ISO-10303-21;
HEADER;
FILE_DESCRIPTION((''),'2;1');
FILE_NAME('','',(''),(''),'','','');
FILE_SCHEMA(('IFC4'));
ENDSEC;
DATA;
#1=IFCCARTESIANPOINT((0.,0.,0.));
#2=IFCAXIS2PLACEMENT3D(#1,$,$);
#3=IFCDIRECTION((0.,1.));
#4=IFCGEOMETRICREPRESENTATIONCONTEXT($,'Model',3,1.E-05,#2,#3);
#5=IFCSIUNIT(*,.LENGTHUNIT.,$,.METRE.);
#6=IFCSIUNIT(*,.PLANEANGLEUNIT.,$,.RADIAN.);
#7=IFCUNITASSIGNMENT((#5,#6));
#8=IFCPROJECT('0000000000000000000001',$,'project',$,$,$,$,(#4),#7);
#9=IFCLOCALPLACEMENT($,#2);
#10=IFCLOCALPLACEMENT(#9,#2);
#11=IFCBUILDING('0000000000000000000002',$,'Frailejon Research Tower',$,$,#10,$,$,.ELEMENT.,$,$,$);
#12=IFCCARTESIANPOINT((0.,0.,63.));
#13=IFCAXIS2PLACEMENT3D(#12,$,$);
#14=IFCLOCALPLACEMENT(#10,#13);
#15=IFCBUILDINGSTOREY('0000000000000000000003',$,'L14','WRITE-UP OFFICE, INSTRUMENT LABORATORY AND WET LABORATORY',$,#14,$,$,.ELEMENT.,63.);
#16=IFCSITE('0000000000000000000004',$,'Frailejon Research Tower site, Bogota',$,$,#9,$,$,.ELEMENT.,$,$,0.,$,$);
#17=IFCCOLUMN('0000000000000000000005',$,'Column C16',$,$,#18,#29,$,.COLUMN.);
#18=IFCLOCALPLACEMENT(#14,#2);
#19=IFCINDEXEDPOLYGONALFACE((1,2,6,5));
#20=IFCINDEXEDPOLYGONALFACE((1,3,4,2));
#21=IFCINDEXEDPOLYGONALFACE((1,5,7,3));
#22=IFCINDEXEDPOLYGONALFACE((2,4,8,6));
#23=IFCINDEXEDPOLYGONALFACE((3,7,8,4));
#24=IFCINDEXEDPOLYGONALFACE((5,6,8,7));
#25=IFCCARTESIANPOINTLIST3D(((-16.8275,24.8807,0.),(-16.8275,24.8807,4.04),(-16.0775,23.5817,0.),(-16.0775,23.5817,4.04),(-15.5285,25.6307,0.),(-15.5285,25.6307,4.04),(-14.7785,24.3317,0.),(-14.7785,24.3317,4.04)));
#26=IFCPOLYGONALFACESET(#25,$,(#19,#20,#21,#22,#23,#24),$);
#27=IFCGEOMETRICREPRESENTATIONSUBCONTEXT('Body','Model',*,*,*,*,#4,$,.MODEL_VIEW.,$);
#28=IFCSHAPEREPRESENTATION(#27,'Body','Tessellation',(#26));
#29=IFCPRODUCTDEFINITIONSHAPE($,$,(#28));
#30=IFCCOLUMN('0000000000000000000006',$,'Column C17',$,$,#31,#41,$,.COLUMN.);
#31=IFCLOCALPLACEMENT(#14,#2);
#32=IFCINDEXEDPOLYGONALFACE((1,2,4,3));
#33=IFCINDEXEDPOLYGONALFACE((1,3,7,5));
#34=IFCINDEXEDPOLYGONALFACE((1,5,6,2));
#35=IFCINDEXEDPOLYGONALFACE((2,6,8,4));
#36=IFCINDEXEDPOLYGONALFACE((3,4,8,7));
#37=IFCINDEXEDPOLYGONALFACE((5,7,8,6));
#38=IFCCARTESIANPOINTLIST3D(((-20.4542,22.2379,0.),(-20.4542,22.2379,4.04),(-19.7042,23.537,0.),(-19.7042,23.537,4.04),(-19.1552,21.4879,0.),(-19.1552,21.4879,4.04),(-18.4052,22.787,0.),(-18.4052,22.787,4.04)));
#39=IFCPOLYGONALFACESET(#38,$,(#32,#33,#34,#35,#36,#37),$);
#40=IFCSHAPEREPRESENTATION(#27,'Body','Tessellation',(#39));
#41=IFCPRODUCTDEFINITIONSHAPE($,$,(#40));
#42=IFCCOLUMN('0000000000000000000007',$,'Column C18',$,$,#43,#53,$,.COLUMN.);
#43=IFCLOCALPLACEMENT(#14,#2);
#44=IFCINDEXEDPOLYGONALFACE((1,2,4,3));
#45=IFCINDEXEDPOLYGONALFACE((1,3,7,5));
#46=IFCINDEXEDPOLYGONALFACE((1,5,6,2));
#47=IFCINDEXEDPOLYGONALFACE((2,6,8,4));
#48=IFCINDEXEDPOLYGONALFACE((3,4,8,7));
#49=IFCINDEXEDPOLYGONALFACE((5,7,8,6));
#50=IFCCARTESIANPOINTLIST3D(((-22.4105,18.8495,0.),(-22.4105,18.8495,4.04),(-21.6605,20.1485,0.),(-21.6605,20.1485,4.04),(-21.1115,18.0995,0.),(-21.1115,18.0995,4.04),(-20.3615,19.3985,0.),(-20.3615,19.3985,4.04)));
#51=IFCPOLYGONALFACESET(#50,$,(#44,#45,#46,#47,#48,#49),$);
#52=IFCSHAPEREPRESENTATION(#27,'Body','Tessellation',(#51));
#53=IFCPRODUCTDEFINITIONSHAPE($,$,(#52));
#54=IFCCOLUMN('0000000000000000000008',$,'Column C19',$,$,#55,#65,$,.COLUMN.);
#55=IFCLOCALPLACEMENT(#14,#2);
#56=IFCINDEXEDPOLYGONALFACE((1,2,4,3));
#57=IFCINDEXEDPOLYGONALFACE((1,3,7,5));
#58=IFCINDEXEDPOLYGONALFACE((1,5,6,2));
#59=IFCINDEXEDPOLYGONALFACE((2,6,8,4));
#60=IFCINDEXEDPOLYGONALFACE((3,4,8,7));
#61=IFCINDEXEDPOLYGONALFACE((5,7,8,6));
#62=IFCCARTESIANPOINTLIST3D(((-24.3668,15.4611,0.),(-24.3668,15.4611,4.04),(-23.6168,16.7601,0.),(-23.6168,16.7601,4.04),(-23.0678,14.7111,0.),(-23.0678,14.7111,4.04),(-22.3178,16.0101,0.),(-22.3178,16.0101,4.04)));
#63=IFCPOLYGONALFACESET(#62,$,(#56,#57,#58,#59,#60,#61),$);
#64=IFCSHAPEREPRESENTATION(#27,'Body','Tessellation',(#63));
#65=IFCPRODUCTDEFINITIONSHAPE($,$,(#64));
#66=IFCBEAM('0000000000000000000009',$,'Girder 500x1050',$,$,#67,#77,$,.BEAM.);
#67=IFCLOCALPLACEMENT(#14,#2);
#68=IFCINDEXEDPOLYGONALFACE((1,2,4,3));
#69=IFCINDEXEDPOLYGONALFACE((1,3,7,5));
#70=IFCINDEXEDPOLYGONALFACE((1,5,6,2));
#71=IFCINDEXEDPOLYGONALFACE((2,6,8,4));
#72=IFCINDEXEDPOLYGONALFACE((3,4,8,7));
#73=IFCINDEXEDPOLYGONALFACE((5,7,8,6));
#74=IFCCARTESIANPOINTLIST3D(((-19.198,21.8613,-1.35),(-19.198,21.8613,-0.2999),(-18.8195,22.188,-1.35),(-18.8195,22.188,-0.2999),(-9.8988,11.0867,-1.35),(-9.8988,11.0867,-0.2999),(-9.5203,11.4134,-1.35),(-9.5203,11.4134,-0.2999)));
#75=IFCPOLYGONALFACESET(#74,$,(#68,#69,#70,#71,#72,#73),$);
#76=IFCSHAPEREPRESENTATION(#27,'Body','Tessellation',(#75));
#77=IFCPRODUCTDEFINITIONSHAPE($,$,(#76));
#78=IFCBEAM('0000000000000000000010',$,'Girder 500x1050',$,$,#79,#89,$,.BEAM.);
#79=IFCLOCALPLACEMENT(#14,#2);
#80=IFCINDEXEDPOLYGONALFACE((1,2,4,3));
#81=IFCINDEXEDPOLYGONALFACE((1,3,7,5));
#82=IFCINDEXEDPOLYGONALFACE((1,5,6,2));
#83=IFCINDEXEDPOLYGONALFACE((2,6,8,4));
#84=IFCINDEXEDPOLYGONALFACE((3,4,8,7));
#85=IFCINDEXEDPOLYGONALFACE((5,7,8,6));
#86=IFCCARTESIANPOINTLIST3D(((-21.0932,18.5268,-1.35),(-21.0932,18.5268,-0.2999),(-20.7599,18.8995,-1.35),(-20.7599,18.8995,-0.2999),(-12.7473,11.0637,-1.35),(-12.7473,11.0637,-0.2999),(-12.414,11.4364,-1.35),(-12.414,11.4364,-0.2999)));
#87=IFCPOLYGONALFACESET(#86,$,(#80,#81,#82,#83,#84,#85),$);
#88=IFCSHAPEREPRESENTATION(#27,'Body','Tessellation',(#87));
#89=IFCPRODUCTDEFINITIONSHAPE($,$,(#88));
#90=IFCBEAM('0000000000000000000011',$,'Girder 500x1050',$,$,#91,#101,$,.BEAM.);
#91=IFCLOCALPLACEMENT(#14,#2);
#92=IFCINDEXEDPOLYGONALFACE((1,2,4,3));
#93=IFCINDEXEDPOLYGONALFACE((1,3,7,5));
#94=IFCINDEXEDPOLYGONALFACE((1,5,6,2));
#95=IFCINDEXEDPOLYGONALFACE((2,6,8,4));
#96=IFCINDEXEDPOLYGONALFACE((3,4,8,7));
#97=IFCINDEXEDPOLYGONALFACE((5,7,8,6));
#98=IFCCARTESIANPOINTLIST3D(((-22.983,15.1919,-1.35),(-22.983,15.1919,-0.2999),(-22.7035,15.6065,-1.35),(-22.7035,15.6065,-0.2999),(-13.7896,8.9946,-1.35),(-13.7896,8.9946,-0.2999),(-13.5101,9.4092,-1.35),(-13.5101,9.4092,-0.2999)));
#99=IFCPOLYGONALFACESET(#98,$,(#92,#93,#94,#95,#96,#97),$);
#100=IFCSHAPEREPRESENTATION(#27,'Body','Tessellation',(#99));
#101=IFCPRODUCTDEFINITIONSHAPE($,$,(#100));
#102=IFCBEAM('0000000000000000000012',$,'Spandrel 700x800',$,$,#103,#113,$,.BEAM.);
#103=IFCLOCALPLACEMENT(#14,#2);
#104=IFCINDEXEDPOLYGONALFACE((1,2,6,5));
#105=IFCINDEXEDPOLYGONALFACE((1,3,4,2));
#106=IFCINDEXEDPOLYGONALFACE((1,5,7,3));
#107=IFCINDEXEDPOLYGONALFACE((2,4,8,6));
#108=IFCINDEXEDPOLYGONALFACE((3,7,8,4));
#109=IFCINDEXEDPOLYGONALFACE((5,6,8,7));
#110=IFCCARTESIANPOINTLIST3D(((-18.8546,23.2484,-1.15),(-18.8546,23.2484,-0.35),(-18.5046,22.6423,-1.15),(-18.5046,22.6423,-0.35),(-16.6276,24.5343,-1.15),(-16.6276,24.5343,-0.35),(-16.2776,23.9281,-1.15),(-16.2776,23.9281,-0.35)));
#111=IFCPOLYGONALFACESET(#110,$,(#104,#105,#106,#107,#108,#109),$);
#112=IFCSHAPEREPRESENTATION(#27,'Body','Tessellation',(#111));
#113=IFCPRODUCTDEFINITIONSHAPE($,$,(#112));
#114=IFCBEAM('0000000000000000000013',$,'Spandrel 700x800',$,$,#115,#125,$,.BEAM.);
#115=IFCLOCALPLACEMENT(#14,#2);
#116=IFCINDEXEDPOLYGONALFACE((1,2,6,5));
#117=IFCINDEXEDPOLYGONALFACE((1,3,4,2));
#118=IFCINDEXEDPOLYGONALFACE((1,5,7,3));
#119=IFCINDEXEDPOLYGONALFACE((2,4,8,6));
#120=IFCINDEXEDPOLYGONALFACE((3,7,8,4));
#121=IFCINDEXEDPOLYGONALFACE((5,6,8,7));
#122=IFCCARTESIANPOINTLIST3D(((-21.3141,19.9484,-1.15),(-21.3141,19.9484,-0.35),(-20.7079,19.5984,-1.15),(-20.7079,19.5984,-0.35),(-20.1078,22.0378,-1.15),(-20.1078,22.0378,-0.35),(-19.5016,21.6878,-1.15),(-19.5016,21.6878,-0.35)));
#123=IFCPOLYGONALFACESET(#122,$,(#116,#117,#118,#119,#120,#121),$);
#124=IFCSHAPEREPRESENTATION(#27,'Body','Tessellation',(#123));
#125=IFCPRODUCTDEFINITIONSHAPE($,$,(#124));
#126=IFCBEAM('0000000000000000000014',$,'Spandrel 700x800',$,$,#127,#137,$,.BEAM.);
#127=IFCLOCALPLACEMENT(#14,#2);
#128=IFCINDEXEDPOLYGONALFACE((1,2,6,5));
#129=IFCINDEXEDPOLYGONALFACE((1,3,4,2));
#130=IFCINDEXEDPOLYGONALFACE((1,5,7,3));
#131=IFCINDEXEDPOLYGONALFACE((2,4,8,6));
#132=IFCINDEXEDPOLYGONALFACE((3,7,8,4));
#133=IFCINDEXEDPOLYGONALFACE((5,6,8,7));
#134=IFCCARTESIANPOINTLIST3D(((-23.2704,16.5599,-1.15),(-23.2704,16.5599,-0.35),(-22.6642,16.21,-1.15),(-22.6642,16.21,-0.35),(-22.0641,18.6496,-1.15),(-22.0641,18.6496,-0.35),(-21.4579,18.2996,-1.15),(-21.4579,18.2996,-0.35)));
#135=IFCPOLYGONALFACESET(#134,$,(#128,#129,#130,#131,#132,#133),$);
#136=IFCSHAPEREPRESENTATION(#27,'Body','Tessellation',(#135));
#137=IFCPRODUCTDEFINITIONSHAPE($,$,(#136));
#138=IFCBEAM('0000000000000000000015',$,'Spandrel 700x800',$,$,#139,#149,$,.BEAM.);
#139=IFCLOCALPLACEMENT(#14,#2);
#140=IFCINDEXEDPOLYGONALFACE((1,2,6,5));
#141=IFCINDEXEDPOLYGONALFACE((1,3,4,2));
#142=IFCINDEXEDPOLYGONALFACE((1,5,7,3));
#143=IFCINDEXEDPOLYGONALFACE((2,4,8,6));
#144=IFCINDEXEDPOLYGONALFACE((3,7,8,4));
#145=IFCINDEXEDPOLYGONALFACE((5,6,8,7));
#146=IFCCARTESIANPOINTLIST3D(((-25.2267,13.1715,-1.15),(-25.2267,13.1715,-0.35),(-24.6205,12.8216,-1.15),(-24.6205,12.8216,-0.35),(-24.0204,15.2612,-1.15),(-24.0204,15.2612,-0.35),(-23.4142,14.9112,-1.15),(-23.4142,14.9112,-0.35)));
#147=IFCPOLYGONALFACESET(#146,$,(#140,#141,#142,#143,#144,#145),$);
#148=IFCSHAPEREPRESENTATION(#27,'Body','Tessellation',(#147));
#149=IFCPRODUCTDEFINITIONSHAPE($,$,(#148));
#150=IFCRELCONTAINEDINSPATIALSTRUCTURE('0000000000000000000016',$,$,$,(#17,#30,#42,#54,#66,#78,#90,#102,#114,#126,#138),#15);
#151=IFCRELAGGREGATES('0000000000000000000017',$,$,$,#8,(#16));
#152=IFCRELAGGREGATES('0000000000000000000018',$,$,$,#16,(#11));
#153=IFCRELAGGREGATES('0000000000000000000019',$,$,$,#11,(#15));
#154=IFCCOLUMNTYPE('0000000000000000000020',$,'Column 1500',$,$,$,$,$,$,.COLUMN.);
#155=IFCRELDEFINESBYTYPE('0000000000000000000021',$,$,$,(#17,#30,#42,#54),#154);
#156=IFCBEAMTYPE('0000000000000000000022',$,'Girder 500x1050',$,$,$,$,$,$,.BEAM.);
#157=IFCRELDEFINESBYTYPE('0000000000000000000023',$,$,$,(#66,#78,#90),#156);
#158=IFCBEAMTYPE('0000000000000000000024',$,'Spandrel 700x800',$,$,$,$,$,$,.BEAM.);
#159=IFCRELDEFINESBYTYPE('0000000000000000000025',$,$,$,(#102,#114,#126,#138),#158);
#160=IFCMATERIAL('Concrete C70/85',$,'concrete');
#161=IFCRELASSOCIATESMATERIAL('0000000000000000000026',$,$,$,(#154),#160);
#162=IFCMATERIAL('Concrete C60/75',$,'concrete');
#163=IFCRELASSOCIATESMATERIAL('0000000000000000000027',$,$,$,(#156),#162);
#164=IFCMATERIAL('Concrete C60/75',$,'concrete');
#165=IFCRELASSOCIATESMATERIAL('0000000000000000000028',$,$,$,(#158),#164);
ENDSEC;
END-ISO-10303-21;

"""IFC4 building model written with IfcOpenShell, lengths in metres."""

from ifc_helpers import new_model, si_unit, direction, frame, origin, origin_2d, place, context, subcontext, project, spatial, rectangle, extrude, material, material_profile, profile_set, type_object, element, save


model = new_model("IFC4")

# Units and contexts
model_context = context("Model", 3, precision=1e-05, world=origin(), true_north=direction((0.0, 1.0)))
body_context = subcontext(model_context, "Body", "Model", "MODEL_VIEW")
ifc_project = project(units=[si_unit("LENGTHUNIT", "METRE"), si_unit("PLANEANGLEUNIT", "RADIAN")], contexts=[model_context])

# Site, building, storey
site_placement = place(None, origin())
site = spatial("IfcSite", under=ifc_project, at=site_placement, Name="Frailejon Research Tower site, Bogota", CompositionType="ELEMENT", RefElevation=0.0)
building_placement = place(site_placement, origin())
building = spatial("IfcBuilding", under=site, at=building_placement, Name="Frailejon Research Tower", CompositionType="ELEMENT")
storey_placement = place(building_placement, frame((0.0, 0.0, 63.0)))
storey = spatial("IfcBuildingStorey", under=building, at=storey_placement, Name="L14", Description="WRITE-UP OFFICE, INSTRUMENT LABORATORY AND WET LABORATORY", CompositionType="ELEMENT", Elevation=63.0)

# Columns
ifc_material_1 = material(Name="Concrete C70/85", Category="concrete")
ifc_material_profile_1 = material_profile(ifc_material_1, rectangle(XDim=1.5, YDim=1.5, at=origin_2d()), Name="Column 1500")
ifc_profile_set_1 = profile_set([ifc_material_profile_1], Name="Concrete C70/85")
column_type = type_object("IfcColumnType", Name="Column 1500", PredefinedType="COLUMN", material=ifc_profile_set_1)
for number, where, z_axis, x_axis, name in (
    (1, (-15.803, 24.6062, 0.0), (0.0, 0.0, 1.0), (-0.866025, -0.5, 0.0), "Column C16"),
    (2, (-19.4297, 22.5125, 0.0), (0.0, 0.0, 1.0), (-0.5, -0.866025, 0.0), "Column C17"),
    (3, (-21.386, 19.124, 0.0), (0.0, 0.0, 1.0), (-0.5, -0.866025, 0.0), "Column C18"),
    (4, (-23.3423, 15.7356, 0.0), (0.0, 0.0, 1.0), (-0.5, -0.866025, 0.0), "Column C19"),
):
    element("IfcColumn", number, at=place(storey_placement, frame(where, z_axis=z_axis, x_axis=x_axis)), inside=storey, type_object=column_type, Name=name, PredefinedType="COLUMN", context=body_context, shape_type="SweptSolid", body=[
        extrude(rectangle(XDim=1.5, YDim=1.5, at=origin_2d()), origin(), (0.0, 0.0, 1.0), 4.04),
    ])

# Beams
ifc_material_2 = material(Name="Concrete C60/75", Category="concrete")
ifc_material_profile_2 = material_profile(ifc_material_2, rectangle(XDim=0.5, YDim=1.05, at=origin_2d()), Name="Girder 500x1050")
ifc_profile_set_2 = profile_set([ifc_material_profile_2], Name="Concrete C60/75")
beam_type_1 = type_object("IfcBeamType", Name="Girder 500x1050", PredefinedType="BEAM", material=ifc_profile_set_2)
beam_1_placement = place(storey_placement, frame((-19.0088, 22.0247, -0.825), z_axis=(0.653376, -0.757034, 0.0), x_axis=(0.757034, 0.653376, 0.0)))
element("IfcBeam", 5, at=beam_1_placement, inside=storey, type_object=beam_type_1, Name="Girder 500x1050", PredefinedType="BEAM", context=body_context, shape_type="SweptSolid", body=[
    extrude(rectangle(XDim=0.5, YDim=1.05, at=origin_2d()), origin(), (0.0, 0.0, 1.0), 14.2327),
])
beam_2_placement = place(storey_placement, frame((-20.9265, 18.7131, -0.825), z_axis=(0.745432, -0.666582, 0.0), x_axis=(0.666582, 0.745432, 0.0)))
element("IfcBeam", 6, at=beam_2_placement, inside=storey, type_object=beam_type_1, Name="Girder 500x1050", PredefinedType="BEAM", context=body_context, shape_type="SweptSolid", body=[
    extrude(rectangle(XDim=0.5, YDim=1.05, at=origin_2d()), origin(), (0.0, 0.0, 1.0), 11.196),
])
beam_3_placement = place(storey_placement, frame((-22.8433, 15.3992, -0.825), z_axis=(0.829194, -0.558961, 0.0), x_axis=(0.558961, 0.829194, 0.0)))
element("IfcBeam", 7, at=beam_3_placement, inside=storey, type_object=beam_type_1, Name="Girder 500x1050", PredefinedType="BEAM", context=body_context, shape_type="SweptSolid", body=[
    extrude(rectangle(XDim=0.5, YDim=1.05, at=origin_2d()), origin(), (0.0, 0.0, 1.0), 11.0872),
])
ifc_material_3 = material(Name="Concrete C60/75", Category="concrete")
ifc_material_profile_3 = material_profile(ifc_material_3, rectangle(XDim=0.7, YDim=0.8, at=origin_2d()), Name="Spandrel 700x800")
ifc_profile_set_3 = profile_set([ifc_material_profile_3], Name="Concrete C60/75")
beam_type_2 = type_object("IfcBeamType", Name="Spandrel 700x800", PredefinedType="BEAM", material=ifc_profile_set_3)
beam_4_placement = place(storey_placement, frame((-16.4526, 24.2312, -0.75), z_axis=(-0.866009, -0.500029, 0.0), x_axis=(0.500029, -0.866009, 0.0)))
element("IfcBeam", 8, at=beam_4_placement, inside=storey, type_object=beam_type_2, Name="Spandrel 700x800", PredefinedType="BEAM", context=body_context, shape_type="SweptSolid", body=[
    extrude(rectangle(XDim=0.7, YDim=0.8, at=origin_2d()), origin(), (0.0, 0.0, 1.0), 2.5715),
])
beam_5_placement = place(storey_placement, frame((-19.8047, 21.8628, -0.75), z_axis=(-0.500003, -0.866024, 0.0), x_axis=(0.866024, -0.500003, 0.0)))
element("IfcBeam", 9, at=beam_5_placement, inside=storey, type_object=beam_type_2, Name="Spandrel 700x800", PredefinedType="BEAM", context=body_context, shape_type="SweptSolid", body=[
    extrude(rectangle(XDim=0.7, YDim=0.8, at=origin_2d()), origin(), (0.0, 0.0, 1.0), 2.4126),
])
for number, where, z_axis, x_axis, name in (
    (10, (-21.761, 18.4746, -0.75), (-0.499959, -0.866049, 0.0), (0.866049, -0.499959, 0.0), "Spandrel 700x800"),
    (11, (-23.7173, 15.0862, -0.75), (-0.499959, -0.866049, 0.0), (0.866049, -0.499959, 0.0), "Spandrel 700x800"),
):
    element("IfcBeam", number, at=place(storey_placement, frame(where, z_axis=z_axis, x_axis=x_axis)), inside=storey, type_object=beam_type_2, Name=name, PredefinedType="BEAM", context=body_context, shape_type="SweptSolid", body=[
        extrude(rectangle(XDim=0.7, YDim=0.8, at=origin_2d()), origin(), (0.0, 0.0, 1.0), 2.4128),
    ])

save(model, "model.ifc")
